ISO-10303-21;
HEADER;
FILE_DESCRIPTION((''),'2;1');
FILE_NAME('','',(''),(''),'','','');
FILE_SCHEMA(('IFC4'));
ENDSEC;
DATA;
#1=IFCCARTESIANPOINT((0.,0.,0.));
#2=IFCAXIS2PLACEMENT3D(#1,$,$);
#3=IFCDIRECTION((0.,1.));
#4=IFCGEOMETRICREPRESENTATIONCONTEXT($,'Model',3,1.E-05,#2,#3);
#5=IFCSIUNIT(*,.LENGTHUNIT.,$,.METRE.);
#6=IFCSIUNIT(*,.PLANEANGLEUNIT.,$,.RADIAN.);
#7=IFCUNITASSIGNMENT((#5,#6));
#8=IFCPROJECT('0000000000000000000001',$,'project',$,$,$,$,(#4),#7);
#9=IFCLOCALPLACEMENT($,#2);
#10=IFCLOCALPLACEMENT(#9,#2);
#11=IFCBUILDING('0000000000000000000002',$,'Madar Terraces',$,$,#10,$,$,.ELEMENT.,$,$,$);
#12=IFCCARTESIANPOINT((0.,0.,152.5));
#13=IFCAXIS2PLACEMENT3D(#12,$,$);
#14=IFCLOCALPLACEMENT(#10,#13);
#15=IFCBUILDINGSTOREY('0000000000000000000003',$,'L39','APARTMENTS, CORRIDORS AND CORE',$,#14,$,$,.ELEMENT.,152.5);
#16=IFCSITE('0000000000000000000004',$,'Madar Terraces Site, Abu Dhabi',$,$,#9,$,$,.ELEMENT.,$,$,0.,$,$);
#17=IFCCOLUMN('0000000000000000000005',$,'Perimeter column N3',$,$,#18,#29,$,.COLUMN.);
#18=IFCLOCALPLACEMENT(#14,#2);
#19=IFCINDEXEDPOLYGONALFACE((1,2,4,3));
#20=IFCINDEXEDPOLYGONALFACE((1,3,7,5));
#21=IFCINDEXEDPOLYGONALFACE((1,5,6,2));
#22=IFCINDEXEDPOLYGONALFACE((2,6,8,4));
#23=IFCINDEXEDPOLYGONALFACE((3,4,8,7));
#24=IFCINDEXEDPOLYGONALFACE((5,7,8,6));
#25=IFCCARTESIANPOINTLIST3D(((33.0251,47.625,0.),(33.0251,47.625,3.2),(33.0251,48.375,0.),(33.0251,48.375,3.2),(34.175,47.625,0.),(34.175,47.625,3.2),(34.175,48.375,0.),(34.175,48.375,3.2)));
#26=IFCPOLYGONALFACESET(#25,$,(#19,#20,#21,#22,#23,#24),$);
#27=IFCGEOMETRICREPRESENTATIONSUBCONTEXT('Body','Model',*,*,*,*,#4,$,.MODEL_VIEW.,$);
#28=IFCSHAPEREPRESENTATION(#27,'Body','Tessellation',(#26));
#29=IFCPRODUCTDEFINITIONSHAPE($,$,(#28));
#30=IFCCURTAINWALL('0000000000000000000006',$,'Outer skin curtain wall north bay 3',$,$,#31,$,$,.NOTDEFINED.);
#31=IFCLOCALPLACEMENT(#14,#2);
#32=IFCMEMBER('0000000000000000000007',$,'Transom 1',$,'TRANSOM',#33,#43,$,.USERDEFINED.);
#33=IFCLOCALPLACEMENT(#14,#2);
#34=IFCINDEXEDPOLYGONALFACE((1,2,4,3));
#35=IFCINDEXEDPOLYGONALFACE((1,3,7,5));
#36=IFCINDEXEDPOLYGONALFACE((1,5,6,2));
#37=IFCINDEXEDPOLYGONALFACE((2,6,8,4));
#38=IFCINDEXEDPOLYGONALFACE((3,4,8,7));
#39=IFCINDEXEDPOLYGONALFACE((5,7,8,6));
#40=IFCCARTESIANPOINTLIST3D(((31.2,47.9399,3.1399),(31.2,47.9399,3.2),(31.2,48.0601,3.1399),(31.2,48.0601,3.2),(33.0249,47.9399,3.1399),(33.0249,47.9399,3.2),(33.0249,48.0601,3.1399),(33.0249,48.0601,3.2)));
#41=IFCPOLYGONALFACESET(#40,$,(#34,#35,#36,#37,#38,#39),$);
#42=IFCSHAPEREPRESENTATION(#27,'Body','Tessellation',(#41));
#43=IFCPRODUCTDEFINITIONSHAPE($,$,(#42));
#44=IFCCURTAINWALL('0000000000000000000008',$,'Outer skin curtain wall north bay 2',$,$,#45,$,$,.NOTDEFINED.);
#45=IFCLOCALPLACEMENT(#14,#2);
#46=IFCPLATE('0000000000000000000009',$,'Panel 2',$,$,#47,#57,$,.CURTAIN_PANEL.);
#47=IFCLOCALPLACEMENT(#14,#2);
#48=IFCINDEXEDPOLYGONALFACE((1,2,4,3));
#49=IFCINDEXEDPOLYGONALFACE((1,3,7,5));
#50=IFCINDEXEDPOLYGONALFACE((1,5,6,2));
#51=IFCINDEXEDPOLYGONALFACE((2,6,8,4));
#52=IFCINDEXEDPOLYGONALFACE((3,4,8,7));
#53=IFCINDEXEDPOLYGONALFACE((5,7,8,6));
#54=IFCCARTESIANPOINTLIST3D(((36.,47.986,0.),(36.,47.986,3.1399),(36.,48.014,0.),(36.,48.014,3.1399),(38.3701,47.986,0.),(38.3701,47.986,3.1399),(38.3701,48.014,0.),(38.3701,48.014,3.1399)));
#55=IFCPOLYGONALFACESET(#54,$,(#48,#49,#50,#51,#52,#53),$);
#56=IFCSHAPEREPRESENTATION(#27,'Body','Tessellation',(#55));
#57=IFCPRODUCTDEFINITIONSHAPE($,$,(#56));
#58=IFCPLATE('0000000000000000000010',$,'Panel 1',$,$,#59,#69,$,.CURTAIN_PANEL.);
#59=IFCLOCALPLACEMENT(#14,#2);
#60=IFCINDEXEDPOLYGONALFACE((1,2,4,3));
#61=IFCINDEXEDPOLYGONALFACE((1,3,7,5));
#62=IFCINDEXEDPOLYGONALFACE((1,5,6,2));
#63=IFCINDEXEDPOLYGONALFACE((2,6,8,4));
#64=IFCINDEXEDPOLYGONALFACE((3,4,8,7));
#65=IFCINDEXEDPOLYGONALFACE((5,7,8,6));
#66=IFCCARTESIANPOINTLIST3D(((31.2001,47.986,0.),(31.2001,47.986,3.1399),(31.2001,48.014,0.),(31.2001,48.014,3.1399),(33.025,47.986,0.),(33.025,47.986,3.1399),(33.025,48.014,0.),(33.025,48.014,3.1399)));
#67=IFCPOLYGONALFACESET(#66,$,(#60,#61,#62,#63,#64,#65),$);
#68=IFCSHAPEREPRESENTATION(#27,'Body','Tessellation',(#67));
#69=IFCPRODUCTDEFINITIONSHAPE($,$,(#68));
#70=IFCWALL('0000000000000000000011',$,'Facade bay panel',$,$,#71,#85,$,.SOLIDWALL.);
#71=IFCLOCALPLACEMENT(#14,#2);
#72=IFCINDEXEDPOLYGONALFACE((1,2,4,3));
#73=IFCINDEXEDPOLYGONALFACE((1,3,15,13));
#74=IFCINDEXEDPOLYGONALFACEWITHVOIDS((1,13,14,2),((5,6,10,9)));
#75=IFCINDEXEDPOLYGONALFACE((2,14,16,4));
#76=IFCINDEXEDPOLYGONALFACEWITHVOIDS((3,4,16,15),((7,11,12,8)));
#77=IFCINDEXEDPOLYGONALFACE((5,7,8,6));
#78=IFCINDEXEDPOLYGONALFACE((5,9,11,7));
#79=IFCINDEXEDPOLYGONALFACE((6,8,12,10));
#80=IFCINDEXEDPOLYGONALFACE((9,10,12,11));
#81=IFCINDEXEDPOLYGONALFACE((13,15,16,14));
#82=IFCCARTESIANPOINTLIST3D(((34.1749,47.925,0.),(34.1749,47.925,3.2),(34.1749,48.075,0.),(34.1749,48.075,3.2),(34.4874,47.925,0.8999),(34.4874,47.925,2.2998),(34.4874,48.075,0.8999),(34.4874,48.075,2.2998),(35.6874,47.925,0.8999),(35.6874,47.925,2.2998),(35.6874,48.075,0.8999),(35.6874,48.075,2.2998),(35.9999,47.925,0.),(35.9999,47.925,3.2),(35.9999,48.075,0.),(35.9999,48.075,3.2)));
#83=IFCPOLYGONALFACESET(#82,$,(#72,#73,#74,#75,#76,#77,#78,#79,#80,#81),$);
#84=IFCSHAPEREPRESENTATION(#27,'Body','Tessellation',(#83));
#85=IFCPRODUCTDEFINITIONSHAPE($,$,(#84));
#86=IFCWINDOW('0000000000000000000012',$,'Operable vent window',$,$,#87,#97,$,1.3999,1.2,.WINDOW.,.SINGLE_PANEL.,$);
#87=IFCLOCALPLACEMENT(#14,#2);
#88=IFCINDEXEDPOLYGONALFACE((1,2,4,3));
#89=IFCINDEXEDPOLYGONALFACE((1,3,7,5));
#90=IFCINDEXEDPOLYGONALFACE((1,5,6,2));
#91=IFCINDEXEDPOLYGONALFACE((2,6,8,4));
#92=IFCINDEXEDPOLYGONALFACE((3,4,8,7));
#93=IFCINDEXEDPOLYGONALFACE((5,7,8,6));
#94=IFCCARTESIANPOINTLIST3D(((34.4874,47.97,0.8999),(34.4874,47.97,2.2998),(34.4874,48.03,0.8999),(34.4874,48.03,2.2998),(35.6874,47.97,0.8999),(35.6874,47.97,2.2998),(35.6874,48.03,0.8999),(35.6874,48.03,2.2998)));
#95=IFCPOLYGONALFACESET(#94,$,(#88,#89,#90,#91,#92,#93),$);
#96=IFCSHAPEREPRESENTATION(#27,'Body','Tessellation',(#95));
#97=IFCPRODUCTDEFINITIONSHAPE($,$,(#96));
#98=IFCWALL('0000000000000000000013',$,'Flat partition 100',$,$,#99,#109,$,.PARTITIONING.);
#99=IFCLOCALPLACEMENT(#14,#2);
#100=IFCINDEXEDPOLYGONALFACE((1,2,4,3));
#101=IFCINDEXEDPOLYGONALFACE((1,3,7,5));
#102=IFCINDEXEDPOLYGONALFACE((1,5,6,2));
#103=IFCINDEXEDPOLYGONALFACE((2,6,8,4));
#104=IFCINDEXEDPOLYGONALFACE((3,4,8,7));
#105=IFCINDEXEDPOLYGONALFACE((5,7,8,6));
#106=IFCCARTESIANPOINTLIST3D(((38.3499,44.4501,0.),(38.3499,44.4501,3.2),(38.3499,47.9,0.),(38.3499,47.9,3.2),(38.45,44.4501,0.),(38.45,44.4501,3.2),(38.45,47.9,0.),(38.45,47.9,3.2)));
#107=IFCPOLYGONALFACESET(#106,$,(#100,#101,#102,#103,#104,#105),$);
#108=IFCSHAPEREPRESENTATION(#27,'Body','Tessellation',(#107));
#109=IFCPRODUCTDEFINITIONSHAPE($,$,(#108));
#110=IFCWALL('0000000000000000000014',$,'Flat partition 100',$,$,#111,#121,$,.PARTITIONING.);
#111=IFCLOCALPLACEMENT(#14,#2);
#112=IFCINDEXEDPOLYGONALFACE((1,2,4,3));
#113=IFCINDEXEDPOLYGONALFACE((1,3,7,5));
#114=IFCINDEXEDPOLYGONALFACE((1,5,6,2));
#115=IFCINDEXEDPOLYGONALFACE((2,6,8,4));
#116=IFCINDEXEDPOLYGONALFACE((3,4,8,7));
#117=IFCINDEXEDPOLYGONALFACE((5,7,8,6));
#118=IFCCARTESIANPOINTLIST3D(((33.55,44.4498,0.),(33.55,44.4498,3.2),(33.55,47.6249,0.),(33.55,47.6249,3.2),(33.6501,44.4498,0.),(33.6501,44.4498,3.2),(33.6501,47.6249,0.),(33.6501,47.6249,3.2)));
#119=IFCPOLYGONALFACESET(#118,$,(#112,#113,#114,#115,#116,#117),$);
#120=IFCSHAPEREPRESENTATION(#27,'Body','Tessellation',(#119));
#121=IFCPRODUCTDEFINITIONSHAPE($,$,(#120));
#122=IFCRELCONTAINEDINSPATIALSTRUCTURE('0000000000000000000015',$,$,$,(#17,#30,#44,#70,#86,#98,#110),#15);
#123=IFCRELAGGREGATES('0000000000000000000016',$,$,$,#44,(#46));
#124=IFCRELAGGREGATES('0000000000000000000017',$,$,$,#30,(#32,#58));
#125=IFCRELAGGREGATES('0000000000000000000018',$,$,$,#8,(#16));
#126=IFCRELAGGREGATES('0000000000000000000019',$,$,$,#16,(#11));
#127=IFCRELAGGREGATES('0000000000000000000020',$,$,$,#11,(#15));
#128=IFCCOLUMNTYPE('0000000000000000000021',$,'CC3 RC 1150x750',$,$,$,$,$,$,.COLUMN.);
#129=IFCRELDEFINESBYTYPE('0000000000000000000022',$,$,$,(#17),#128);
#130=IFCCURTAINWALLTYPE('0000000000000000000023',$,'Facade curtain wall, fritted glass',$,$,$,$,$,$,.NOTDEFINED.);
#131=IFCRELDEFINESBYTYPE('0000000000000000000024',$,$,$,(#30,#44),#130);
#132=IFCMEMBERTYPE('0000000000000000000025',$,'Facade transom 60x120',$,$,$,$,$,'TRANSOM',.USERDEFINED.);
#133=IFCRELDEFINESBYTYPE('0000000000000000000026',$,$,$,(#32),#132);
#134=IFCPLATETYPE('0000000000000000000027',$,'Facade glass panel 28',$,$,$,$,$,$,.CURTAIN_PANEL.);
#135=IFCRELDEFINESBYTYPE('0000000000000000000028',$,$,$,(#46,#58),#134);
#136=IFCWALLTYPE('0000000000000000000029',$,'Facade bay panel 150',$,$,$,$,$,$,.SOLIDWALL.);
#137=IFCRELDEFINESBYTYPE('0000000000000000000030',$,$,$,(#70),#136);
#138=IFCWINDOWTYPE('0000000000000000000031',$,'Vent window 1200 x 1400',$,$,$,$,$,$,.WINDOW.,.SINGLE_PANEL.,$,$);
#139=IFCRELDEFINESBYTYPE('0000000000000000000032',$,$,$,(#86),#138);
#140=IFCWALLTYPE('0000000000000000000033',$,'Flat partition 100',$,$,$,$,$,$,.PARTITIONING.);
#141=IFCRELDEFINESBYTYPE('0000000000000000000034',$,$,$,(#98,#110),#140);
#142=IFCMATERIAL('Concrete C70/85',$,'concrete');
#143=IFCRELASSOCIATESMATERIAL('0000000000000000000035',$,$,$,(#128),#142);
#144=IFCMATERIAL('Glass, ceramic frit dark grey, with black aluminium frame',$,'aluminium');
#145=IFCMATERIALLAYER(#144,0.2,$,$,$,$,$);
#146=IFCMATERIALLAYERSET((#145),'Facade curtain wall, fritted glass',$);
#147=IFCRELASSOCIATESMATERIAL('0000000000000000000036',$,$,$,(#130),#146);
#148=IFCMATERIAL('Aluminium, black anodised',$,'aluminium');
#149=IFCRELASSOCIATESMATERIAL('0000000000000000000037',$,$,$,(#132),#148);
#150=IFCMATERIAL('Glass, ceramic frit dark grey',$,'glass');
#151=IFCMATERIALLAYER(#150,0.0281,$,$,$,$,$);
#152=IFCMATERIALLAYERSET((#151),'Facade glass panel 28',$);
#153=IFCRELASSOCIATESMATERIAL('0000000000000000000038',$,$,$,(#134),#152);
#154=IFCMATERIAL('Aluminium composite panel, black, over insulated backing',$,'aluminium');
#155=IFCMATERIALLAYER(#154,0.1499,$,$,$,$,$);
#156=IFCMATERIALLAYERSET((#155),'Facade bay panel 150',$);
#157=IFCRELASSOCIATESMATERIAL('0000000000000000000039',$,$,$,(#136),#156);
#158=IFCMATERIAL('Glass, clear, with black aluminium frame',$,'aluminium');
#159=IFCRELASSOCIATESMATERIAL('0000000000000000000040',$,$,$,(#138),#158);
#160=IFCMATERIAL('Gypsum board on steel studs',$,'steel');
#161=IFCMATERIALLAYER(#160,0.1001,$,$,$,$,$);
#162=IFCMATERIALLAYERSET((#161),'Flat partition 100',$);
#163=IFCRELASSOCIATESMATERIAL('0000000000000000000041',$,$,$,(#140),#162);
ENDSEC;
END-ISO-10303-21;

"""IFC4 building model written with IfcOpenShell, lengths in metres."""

from ifc_helpers import new_model, si_unit, direction, frame, frame_2d, origin, origin_2d, place, context, subcontext, project, spatial, rectangle, extrude, material, layer, layer_set, material_profile, profile_set, type_object, element, fill, aggregate, save


model = new_model("IFC4")

# Units and contexts
model_context = context("Model", 3, precision=1e-05, world=origin(), true_north=direction((0.0, 1.0)))
body_context = subcontext(model_context, "Body", "Model", "MODEL_VIEW")
ifc_project = project(units=[si_unit("LENGTHUNIT", "METRE"), si_unit("PLANEANGLEUNIT", "RADIAN")], contexts=[model_context])

# Site, building, storey
site_placement = place(None, origin())
site = spatial("IfcSite", under=ifc_project, at=site_placement, Name="Madar Terraces Site, Abu Dhabi", CompositionType="ELEMENT", RefElevation=0.0)
building_placement = place(site_placement, origin())
building = spatial("IfcBuilding", under=site, at=building_placement, Name="Madar Terraces", CompositionType="ELEMENT")
storey_placement = place(building_placement, frame((0.0, 0.0, 152.5)))
storey = spatial("IfcBuildingStorey", under=building, at=storey_placement, Name="L39", Description="APARTMENTS, CORRIDORS AND CORE", CompositionType="ELEMENT", Elevation=152.5)

# Column
ifc_material_1 = material(Name="Concrete C70/85", Category="concrete")
ifc_material_profile_1 = material_profile(ifc_material_1, rectangle(XDim=1.1499, YDim=0.75, at=origin_2d()), Name="CC3 RC 1150x750")
ifc_profile_set_1 = profile_set([ifc_material_profile_1], Name="Concrete C70/85")
column_type = type_object("IfcColumnType", Name="CC3 RC 1150x750", PredefinedType="COLUMN", material=ifc_profile_set_1)
column_placement = place(storey_placement, frame((33.6001, 48.0, 0.0), z_axis=(0.0, 0.0, 1.0), x_axis=(1.0, 0.0, 0.0)))
element("IfcColumn", 1, at=column_placement, inside=storey, type_object=column_type, Name="Perimeter column N3", PredefinedType="COLUMN", context=body_context, shape_type="SweptSolid", body=[
    extrude(rectangle(XDim=1.1499, YDim=0.75, at=origin_2d()), origin(), (0.0, 0.0, 1.0), 3.2),
])

# Curtain wall, member
ifc_material_2 = material(Name="Glass, ceramic frit dark grey, with black aluminium frame", Category="aluminium")
ifc_layer_1 = layer(ifc_material_2, 0.2)
ifc_layer_set_1 = layer_set([ifc_layer_1], Name="Facade curtain wall, fritted glass")
curtain_wall_type = type_object("IfcCurtainWallType", Name="Facade curtain wall, fritted glass", PredefinedType="NOTDEFINED", material=ifc_layer_set_1)
curtain_wall_1_placement = place(storey_placement, origin())
curtain_wall_1 = element("IfcCurtainWall", 2, at=curtain_wall_1_placement, inside=storey, type_object=curtain_wall_type, Name="Outer skin curtain wall north bay 3", PredefinedType="NOTDEFINED")
ifc_material_3 = material(Name="Aluminium, black anodised", Category="aluminium")
ifc_material_profile_2 = material_profile(ifc_material_3, rectangle(XDim=0.1201, YDim=0.0601, at=origin_2d()), Name="Facade transom 60x120")
ifc_profile_set_2 = profile_set([ifc_material_profile_2], Name="Aluminium, black anodised")
member_type = type_object("IfcMemberType", Name="Facade transom 60x120", ElementType="TRANSOM", PredefinedType="USERDEFINED", material=ifc_profile_set_2)
member_placement = place(storey_placement, frame((33.0249, 48.0, 3.1699), z_axis=(-1.0, 0.0, 0.0), x_axis=(0.0, -1.0, 0.0)))
member = element("IfcMember", 3, at=member_placement, type_object=member_type, Name="Transom 1", ObjectType="TRANSOM", PredefinedType="USERDEFINED", context=body_context, shape_type="SweptSolid", body=[
    extrude(rectangle(XDim=0.1201, YDim=0.0601, at=origin_2d()), origin(), (0.0, 0.0, 1.0), 1.825),
])

# Curtain wall, plate
curtain_wall_2_placement = place(storey_placement, origin())
curtain_wall_2 = element("IfcCurtainWall", 4, at=curtain_wall_2_placement, inside=storey, type_object=curtain_wall_type, Name="Outer skin curtain wall north bay 2", PredefinedType="NOTDEFINED")
ifc_material_4 = material(Name="Glass, ceramic frit dark grey", Category="glass")
ifc_layer_2 = layer(ifc_material_4, 0.0281)
ifc_layer_set_2 = layer_set([ifc_layer_2], Name="Facade glass panel 28")
plate_type = type_object("IfcPlateType", Name="Facade glass panel 28", PredefinedType="CURTAIN_PANEL", material=ifc_layer_set_2)
plate_1_placement = place(storey_placement, frame((37.1851, 48.0, 0.0), z_axis=(0.0, 0.0, 1.0), x_axis=(-1.0, 0.0, 0.0)))
plate_1 = element("IfcPlate", 5, at=plate_1_placement, type_object=plate_type, Name="Panel 2", PredefinedType="CURTAIN_PANEL", context=body_context, shape_type="SweptSolid", body=[
    extrude(rectangle(XDim=2.3701, YDim=0.0281, at=origin_2d()), origin(), (0.0, 0.0, 1.0), 3.1399),
])
aggregate(curtain_wall_2, [plate_1])

# Plate
plate_2_placement = place(storey_placement, frame((32.1125, 48.0, 0.0), z_axis=(0.0, 0.0, 1.0), x_axis=(-1.0, 0.0, 0.0)))
plate_2 = element("IfcPlate", 6, at=plate_2_placement, type_object=plate_type, Name="Panel 1", PredefinedType="CURTAIN_PANEL", context=body_context, shape_type="SweptSolid", body=[
    extrude(rectangle(XDim=1.825, YDim=0.0281, at=origin_2d()), origin(), (0.0, 0.0, 1.0), 3.1399),
])
aggregate(curtain_wall_1, [member, plate_2])

# Wall, opening, window
ifc_material_5 = material(Name="Aluminium composite panel, black, over insulated backing", Category="aluminium")
ifc_layer_3 = layer(ifc_material_5, 0.1499)
ifc_layer_set_3 = layer_set([ifc_layer_3], Name="Facade bay panel 150")
wall_type_1 = type_object("IfcWallType", Name="Facade bay panel 150", PredefinedType="SOLIDWALL", material=ifc_layer_set_3)
wall_1_placement = place(storey_placement, frame((36.0, 48.0, 0.0), z_axis=(0.0, 0.0, 1.0), x_axis=(-1.0, 0.0, 0.0)))
wall_1 = element("IfcWall", 7, at=wall_1_placement, inside=storey, type_object=wall_type_1, Name="Facade bay panel", PredefinedType="SOLIDWALL", context=body_context, shape_type="SweptSolid", body=[
    extrude(rectangle(XDim=1.825, YDim=0.1499, at=frame_2d((0.9126, 0.0))), origin(), (0.0, 0.0, 1.0), 3.2),
])
opening_1_placement = place(wall_1_placement, frame((0.3125, 0.0, 0.8999)))
opening_1 = element("IfcOpeningElement", 8, at=opening_1_placement, cuts=wall_1, PredefinedType="OPENING", context=body_context, shape_type="SweptSolid", body=[
    extrude(rectangle(XDim=1.2, YDim=1.3999, at=frame_2d((0.6001, 0.7))), frame((0.0, 0.085, 0.0), z_axis=(0.0, -1.0, 0.0), x_axis=(1.0, 0.0, 0.0)), (0.0, 0.0, 1.0), 0.1699),
])
ifc_material_6 = material(Name="Glass, clear, with black aluminium frame", Category="aluminium")
window_type = type_object("IfcWindowType", Name="Vent window 1200 x 1400", PartitioningType="SINGLE_PANEL", PredefinedType="WINDOW", material=ifc_material_6)
window_placement = place(opening_1_placement, origin())
window = element("IfcWindow", 9, at=window_placement, inside=storey, type_object=window_type, Name="Operable vent window", OverallHeight=1.3999, OverallWidth=1.2, PartitioningType="SINGLE_PANEL", PredefinedType="WINDOW", context=body_context, shape_type="SweptSolid", body=[
    extrude(rectangle(XDim=1.2, YDim=1.3999, at=frame_2d((0.6001, 0.7))), frame((0.0, 0.03, 0.0), z_axis=(0.0, -1.0, 0.0), x_axis=(1.0, 0.0, 0.0)), (0.0, 0.0, 1.0), 0.0601),
])
fill(opening_1, window)

# Walls
ifc_material_7 = material(Name="Gypsum board on steel studs", Category="steel")
ifc_layer_4 = layer(ifc_material_7, 0.1001)
ifc_layer_set_4 = layer_set([ifc_layer_4], Name="Flat partition 100")
wall_type_2 = type_object("IfcWallType", Name="Flat partition 100", PredefinedType="PARTITIONING", material=ifc_layer_set_4)
wall_2_placement = place(storey_placement, frame((38.3999, 44.45, 0.0), z_axis=(0.0, 0.0, 1.0), x_axis=(0.0, 1.0, 0.0)))
element("IfcWall", 10, at=wall_2_placement, inside=storey, type_object=wall_type_2, Name="Flat partition 100", PredefinedType="PARTITIONING", context=body_context, shape_type="SweptSolid", body=[
    extrude(rectangle(XDim=3.45, YDim=0.1001, at=frame_2d((1.7251, 0.0))), origin(), (0.0, 0.0, 1.0), 3.2),
])
wall_3_placement = place(storey_placement, frame((33.6001, 44.45, 0.0), z_axis=(0.0, 0.0, 1.0), x_axis=(0.0, 1.0, 0.0)))
element("IfcWall", 11, at=wall_3_placement, inside=storey, type_object=wall_type_2, Name="Flat partition 100", PredefinedType="PARTITIONING", context=body_context, shape_type="SweptSolid", body=[
    extrude(rectangle(XDim=3.175, YDim=0.1001, at=frame_2d((1.5874, 0.0))), origin(), (0.0, 0.0, 1.0), 3.2),
])

save(model, "model.ifc")
